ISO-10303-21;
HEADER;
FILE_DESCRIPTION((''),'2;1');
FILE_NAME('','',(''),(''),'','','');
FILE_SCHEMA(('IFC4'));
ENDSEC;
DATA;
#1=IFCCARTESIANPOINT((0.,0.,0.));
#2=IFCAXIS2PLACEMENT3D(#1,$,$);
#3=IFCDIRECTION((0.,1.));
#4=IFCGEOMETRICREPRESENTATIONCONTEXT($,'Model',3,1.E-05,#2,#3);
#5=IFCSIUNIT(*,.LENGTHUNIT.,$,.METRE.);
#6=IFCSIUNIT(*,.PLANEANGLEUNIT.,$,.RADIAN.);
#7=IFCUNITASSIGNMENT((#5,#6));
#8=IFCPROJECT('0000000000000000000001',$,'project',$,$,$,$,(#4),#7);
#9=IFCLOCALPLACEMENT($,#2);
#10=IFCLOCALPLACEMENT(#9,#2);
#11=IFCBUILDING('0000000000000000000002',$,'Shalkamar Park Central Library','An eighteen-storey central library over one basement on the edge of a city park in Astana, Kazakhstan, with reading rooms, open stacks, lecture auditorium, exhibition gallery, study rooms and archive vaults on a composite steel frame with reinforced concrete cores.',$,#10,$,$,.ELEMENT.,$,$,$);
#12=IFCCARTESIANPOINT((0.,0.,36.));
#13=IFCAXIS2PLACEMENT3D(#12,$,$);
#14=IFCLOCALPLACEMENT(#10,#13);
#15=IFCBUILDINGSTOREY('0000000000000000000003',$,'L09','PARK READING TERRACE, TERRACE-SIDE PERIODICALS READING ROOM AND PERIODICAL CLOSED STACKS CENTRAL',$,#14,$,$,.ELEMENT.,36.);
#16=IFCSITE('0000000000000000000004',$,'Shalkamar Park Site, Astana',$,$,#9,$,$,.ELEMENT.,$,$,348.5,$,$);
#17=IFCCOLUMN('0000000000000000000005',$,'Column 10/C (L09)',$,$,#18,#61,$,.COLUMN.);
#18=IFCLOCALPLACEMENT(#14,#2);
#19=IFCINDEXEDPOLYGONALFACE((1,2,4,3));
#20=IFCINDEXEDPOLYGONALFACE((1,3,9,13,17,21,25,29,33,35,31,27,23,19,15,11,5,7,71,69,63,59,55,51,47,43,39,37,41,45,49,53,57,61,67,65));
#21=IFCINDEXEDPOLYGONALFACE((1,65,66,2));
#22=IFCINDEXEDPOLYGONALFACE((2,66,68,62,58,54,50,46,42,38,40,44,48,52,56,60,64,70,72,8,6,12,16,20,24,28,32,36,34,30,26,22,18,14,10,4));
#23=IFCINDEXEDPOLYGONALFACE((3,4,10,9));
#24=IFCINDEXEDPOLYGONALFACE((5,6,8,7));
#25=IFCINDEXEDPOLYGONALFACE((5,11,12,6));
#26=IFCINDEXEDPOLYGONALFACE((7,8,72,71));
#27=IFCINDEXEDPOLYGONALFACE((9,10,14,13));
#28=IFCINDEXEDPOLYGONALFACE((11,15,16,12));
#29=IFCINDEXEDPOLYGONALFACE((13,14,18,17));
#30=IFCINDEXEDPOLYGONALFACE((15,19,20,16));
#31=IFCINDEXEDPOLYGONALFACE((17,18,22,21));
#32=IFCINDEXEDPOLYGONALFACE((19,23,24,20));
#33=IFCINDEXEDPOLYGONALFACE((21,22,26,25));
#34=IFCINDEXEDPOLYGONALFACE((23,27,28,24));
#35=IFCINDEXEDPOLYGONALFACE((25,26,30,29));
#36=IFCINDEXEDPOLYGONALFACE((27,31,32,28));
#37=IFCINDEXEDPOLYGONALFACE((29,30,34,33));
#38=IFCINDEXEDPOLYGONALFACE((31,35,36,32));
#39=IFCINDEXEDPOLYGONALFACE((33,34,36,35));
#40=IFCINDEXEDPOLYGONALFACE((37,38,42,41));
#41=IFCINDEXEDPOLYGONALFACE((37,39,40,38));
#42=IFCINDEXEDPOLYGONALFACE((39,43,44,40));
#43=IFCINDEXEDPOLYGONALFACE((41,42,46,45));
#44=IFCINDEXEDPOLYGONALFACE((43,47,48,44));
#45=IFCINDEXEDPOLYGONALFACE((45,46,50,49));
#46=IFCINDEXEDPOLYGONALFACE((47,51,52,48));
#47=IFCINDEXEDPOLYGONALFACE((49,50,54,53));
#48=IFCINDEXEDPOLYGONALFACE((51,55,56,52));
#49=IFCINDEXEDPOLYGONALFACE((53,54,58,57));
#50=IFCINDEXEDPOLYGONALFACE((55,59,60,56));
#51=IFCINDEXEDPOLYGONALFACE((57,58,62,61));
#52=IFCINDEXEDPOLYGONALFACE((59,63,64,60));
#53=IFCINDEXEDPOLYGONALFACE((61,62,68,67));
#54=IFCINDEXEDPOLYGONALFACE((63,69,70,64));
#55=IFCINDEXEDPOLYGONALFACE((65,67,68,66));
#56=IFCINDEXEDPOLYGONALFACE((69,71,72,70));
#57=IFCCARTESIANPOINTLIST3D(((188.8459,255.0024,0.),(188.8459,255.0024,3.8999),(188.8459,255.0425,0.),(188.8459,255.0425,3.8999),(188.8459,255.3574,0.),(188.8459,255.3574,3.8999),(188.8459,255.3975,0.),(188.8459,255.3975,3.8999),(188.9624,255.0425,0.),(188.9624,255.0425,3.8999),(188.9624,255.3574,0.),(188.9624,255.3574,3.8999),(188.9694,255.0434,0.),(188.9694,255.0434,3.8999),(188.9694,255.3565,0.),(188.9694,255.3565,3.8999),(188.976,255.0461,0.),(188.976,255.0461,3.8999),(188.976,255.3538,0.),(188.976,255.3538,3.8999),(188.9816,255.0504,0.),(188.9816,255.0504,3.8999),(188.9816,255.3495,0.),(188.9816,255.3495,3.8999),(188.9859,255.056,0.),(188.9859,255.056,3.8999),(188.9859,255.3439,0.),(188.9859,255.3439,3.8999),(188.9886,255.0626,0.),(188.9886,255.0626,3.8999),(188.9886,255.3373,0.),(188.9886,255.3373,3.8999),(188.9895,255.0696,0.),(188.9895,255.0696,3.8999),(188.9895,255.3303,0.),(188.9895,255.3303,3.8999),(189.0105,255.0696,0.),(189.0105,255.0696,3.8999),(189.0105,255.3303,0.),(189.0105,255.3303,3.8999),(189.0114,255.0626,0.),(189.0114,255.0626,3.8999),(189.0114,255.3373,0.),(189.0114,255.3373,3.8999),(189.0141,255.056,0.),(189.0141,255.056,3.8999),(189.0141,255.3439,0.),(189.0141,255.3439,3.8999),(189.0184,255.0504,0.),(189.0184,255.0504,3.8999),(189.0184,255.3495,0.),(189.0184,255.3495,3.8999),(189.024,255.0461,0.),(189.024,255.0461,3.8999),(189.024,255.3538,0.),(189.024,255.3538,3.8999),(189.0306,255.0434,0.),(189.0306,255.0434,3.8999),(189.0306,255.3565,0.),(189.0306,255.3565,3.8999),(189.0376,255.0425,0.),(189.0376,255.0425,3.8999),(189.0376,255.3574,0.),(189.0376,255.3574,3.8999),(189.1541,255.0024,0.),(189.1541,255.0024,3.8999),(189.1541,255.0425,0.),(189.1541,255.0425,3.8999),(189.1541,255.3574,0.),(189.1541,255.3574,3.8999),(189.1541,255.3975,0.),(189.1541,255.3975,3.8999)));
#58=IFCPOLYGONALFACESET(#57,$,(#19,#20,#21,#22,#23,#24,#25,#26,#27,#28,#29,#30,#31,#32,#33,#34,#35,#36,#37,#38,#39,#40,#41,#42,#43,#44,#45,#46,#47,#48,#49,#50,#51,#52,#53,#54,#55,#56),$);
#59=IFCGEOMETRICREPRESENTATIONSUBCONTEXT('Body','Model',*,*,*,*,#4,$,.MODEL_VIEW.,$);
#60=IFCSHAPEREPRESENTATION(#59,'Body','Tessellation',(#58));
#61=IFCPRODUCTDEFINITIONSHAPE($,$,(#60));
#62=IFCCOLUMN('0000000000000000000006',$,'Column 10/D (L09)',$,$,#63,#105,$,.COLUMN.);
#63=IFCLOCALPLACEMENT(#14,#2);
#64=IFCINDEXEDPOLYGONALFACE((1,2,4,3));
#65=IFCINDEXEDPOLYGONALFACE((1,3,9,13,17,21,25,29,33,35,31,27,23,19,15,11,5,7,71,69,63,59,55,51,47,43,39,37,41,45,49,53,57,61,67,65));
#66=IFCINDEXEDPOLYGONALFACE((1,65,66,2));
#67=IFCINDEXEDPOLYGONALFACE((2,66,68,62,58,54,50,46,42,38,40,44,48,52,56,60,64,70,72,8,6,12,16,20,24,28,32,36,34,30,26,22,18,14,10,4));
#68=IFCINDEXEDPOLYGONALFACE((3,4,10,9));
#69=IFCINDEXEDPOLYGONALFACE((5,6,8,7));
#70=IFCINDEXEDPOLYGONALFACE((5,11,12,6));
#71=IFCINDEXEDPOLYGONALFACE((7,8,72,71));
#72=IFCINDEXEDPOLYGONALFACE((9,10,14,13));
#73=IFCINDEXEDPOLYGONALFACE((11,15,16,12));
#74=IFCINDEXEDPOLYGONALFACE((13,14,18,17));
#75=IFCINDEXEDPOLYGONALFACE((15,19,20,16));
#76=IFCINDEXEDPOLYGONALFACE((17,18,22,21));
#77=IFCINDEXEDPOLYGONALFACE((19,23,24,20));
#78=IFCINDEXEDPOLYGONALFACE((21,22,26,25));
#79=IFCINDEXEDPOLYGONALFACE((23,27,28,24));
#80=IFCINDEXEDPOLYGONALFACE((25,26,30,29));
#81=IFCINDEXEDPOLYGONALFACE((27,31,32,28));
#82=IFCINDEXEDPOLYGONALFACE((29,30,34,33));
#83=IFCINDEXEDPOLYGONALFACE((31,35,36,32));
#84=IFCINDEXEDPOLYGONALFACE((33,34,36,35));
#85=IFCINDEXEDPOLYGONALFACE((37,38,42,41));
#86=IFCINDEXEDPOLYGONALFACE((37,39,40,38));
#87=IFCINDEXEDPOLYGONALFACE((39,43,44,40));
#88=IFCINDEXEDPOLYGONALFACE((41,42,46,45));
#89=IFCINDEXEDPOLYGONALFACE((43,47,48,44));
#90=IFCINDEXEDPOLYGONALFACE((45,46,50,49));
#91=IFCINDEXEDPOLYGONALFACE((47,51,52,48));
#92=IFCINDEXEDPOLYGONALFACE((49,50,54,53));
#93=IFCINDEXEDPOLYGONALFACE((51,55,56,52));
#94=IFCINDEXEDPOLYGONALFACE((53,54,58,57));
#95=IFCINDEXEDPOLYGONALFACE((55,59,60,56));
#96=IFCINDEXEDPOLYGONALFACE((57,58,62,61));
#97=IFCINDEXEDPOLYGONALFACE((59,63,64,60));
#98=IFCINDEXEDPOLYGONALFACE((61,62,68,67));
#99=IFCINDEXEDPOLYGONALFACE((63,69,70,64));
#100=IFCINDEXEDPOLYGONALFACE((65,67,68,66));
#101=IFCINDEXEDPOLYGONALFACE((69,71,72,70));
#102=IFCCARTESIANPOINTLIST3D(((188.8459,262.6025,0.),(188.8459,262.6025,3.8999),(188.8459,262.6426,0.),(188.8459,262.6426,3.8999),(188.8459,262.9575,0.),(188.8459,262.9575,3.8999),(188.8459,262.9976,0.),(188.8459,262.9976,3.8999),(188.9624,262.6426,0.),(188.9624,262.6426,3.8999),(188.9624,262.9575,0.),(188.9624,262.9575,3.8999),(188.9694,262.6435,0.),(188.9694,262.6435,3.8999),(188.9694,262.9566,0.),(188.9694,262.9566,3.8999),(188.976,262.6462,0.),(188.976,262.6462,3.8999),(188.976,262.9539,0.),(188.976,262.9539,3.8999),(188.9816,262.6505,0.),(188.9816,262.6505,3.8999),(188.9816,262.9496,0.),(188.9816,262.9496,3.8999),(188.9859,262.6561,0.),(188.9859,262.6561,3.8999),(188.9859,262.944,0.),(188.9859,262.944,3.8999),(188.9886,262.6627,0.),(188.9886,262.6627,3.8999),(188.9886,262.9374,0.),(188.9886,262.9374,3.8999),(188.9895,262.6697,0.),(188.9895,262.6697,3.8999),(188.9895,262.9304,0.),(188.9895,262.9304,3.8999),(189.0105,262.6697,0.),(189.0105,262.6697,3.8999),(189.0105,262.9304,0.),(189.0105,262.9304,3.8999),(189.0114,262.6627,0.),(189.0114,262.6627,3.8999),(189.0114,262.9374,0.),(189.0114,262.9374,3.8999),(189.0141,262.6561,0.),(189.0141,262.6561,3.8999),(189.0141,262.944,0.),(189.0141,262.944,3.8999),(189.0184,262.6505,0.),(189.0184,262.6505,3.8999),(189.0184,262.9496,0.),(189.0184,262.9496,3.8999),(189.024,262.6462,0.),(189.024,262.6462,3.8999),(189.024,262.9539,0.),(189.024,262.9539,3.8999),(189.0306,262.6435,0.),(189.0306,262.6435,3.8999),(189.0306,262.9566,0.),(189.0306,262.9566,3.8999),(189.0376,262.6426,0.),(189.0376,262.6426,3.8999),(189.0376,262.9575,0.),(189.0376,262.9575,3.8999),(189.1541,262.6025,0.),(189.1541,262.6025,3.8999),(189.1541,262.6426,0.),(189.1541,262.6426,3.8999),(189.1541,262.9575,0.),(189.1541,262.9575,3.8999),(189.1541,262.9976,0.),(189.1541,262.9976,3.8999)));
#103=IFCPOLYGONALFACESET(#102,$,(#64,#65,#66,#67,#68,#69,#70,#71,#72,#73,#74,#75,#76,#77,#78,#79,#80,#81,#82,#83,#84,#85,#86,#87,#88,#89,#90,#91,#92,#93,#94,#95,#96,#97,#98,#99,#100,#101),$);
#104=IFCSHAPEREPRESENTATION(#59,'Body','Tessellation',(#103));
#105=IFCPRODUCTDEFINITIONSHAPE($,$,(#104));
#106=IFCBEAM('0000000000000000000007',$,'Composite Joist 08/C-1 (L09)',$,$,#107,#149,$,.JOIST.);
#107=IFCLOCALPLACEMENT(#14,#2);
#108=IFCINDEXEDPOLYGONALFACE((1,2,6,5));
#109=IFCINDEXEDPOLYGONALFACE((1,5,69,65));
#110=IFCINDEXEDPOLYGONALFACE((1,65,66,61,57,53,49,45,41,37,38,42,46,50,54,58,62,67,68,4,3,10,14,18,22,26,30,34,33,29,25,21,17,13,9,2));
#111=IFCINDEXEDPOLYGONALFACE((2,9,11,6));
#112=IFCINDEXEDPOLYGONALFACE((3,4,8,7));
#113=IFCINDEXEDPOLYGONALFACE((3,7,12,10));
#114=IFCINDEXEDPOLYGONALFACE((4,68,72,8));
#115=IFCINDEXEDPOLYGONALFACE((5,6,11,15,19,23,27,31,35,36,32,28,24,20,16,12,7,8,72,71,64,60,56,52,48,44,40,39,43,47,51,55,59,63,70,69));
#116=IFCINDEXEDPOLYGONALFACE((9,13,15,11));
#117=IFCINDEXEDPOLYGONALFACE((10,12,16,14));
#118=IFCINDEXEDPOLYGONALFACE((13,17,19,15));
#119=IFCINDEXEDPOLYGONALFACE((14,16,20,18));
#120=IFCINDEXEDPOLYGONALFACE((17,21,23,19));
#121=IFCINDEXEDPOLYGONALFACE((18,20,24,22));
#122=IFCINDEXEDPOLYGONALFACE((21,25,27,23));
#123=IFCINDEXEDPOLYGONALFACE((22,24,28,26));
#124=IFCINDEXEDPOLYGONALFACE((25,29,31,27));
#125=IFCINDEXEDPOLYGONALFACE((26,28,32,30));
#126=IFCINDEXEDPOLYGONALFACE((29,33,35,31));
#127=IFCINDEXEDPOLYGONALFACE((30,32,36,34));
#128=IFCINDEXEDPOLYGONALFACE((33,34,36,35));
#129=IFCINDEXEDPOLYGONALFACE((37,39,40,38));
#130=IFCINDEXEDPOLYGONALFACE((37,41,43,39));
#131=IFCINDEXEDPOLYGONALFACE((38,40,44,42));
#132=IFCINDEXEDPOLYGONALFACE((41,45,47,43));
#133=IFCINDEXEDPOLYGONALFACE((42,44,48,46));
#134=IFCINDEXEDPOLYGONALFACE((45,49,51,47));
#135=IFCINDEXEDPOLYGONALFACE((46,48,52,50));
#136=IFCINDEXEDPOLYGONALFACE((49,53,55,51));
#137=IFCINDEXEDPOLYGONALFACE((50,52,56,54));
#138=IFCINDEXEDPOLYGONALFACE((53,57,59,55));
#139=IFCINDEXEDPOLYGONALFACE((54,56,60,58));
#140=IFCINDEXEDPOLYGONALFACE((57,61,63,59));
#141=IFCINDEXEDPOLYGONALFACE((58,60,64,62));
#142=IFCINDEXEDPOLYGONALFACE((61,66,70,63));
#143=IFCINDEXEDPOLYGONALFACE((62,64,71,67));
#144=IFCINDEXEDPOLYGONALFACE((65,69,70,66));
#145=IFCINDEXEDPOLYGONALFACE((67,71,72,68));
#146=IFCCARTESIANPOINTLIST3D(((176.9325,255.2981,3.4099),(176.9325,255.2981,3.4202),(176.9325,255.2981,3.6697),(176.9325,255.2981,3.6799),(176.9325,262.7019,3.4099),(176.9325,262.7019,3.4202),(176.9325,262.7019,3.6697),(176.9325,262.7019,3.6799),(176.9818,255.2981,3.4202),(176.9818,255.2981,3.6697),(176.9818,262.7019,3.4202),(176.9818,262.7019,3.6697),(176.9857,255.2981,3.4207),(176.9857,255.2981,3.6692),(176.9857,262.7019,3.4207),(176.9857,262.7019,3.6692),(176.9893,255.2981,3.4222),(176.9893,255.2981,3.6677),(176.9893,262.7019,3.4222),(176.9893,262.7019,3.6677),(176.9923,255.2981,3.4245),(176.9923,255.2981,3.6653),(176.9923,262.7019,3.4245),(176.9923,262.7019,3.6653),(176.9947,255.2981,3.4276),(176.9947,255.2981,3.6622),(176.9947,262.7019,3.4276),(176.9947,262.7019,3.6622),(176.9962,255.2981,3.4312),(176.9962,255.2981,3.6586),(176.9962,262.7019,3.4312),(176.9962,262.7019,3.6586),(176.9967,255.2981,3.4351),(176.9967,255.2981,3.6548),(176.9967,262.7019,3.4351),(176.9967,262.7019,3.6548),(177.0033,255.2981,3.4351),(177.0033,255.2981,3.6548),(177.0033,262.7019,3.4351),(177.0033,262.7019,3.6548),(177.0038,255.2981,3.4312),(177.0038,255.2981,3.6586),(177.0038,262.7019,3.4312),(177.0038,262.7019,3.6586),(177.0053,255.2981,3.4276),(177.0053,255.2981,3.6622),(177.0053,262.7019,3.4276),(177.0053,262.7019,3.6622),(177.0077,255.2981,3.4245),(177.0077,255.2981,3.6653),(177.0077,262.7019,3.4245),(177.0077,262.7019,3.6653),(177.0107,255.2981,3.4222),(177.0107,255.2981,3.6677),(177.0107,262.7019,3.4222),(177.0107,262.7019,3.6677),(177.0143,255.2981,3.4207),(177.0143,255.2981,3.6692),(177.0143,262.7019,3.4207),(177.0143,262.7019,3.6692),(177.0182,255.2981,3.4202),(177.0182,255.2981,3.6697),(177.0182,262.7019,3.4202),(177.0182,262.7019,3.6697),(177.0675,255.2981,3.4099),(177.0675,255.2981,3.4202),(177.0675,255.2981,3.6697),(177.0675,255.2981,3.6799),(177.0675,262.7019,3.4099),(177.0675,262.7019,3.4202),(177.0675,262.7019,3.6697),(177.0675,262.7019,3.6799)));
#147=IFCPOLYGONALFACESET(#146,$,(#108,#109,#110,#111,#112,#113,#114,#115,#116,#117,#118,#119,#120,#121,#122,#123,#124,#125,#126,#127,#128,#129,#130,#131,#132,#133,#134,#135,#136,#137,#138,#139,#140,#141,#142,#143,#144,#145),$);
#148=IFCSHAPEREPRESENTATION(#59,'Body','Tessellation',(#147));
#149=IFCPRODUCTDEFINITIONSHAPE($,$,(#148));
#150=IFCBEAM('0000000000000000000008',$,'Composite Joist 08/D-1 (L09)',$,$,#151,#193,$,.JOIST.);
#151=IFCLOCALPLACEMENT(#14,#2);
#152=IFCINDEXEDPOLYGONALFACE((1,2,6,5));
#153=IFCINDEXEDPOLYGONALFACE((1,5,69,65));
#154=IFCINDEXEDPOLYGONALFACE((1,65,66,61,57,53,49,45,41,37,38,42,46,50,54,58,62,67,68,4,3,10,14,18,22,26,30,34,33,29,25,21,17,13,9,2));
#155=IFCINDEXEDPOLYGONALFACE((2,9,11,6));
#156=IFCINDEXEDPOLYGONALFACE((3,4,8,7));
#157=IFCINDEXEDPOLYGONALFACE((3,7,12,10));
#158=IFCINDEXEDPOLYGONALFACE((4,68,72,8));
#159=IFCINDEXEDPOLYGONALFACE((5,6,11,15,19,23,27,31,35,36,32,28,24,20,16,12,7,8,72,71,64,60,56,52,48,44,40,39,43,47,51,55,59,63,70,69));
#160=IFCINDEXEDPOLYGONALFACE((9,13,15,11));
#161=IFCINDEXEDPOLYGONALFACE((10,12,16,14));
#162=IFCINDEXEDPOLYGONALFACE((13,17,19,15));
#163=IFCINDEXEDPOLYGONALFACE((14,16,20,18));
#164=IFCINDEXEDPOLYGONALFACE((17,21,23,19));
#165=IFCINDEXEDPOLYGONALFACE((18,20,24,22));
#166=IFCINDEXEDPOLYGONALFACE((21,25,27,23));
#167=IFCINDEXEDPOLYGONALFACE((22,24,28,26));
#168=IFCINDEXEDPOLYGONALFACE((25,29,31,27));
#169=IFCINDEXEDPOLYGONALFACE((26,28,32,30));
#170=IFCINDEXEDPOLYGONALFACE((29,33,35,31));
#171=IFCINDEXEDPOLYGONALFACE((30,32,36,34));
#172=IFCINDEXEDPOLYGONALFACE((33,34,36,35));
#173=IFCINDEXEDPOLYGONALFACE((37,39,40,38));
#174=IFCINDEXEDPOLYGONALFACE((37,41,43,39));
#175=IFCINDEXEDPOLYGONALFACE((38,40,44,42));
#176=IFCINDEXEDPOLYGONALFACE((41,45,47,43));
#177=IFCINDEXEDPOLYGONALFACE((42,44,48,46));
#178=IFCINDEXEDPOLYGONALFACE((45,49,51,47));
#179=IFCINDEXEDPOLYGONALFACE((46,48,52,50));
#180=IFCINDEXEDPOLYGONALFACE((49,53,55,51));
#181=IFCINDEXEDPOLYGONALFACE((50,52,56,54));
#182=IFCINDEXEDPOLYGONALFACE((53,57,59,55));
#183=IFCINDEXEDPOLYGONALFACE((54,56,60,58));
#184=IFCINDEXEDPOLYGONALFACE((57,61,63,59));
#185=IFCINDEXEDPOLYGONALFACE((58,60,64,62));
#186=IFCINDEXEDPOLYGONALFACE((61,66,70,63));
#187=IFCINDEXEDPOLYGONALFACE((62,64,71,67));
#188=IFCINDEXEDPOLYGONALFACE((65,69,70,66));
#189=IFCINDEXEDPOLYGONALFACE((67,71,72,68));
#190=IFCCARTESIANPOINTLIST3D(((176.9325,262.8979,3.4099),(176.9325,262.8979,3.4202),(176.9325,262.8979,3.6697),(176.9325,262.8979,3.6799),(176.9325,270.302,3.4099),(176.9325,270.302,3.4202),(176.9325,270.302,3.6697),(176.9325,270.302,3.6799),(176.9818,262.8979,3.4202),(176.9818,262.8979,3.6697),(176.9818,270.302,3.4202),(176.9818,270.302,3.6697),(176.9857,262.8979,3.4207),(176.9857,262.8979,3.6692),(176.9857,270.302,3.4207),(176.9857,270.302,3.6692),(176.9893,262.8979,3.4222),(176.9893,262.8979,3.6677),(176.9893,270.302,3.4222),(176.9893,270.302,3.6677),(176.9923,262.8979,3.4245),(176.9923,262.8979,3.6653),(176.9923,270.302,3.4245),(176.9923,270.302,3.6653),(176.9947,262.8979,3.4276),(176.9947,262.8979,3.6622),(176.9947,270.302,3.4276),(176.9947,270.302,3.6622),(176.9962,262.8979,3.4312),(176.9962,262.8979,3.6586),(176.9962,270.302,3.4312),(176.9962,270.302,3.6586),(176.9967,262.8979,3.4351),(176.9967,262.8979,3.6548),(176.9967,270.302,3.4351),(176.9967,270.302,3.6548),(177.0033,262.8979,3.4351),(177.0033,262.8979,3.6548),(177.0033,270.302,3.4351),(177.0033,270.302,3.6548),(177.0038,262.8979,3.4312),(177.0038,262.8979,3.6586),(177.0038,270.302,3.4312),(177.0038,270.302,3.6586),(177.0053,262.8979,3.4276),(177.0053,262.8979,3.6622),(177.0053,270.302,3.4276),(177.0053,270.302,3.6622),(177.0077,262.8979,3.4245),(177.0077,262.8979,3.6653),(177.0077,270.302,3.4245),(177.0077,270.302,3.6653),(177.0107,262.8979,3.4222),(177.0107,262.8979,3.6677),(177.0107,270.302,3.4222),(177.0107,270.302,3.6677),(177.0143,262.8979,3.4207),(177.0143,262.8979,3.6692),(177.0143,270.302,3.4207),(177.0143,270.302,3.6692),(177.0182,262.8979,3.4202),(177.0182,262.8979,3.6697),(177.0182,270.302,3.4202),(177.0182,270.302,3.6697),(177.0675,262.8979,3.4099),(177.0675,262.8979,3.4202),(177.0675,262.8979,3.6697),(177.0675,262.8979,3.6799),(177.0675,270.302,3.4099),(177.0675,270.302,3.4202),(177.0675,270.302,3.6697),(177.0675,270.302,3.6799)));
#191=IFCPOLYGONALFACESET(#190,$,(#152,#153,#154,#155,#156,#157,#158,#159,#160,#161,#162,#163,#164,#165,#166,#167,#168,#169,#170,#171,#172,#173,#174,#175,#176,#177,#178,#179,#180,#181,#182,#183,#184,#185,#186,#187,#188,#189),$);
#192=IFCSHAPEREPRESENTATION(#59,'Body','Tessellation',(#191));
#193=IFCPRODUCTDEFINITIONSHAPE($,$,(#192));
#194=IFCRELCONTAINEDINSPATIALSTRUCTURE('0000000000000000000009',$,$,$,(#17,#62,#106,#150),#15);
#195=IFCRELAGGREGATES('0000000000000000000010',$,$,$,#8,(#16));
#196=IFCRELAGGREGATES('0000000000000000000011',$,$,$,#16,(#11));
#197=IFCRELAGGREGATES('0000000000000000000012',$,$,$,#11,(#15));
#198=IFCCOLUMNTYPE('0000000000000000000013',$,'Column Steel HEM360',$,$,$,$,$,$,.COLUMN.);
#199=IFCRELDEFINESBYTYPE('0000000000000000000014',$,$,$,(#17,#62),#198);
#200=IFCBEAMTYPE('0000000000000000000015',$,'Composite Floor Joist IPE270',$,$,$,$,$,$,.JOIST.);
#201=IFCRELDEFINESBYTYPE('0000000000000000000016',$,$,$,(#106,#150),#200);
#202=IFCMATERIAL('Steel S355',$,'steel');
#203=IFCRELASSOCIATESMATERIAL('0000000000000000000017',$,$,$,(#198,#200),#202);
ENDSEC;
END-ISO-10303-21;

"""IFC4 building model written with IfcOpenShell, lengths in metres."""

from ifc_helpers import new_model, si_unit, direction, frame, origin, origin_2d, place, context, subcontext, project, spatial, i_section, extrude, material, material_profile, profile_set, type_object, element, save


model = new_model("IFC4")

# Units and contexts
model_context = context("Model", 3, precision=1e-05, world=origin(), true_north=direction((0.0, 1.0)))
body_context = subcontext(model_context, "Body", "Model", "MODEL_VIEW")
ifc_project = project(units=[si_unit("LENGTHUNIT", "METRE"), si_unit("PLANEANGLEUNIT", "RADIAN")], contexts=[model_context])

# Site, building, storey
site_placement = place(None, origin())
site = spatial("IfcSite", under=ifc_project, at=site_placement, Name="Shalkamar Park Site, Astana", CompositionType="ELEMENT", RefElevation=348.5)
building_placement = place(site_placement, origin())
building = spatial("IfcBuilding", under=site, at=building_placement, Name="Shalkamar Park Central Library", Description="An eighteen-storey central library over one basement on the edge of a city park in Astana, Kazakhstan, with reading rooms, open stacks, lecture auditorium, exhibition gallery, study rooms and archive vaults on a composite steel frame with reinforced concrete cores.", CompositionType="ELEMENT")
storey_placement = place(building_placement, frame((0.0, 0.0, 36.0)))
storey = spatial("IfcBuildingStorey", under=building, at=storey_placement, Name="L09", Description="PARK READING TERRACE, TERRACE-SIDE PERIODICALS READING ROOM AND PERIODICAL CLOSED STACKS CENTRAL", CompositionType="ELEMENT", Elevation=36.0)

# Columns
ifc_material_1 = material(Name="Steel S355", Category="steel")
ifc_material_profile_1 = material_profile(ifc_material_1, i_section(OverallWidth=0.3081, OverallDepth=0.395, WebThickness=0.021, FlangeThickness=0.04, FilletRadius=0.0271, at=origin_2d()), Name="HEM 360")
ifc_profile_set_1 = profile_set([ifc_material_profile_1], Name="Steel S355")
column_type_1 = type_object("IfcColumnType", Name="Column Steel HEM360", PredefinedType="COLUMN", material=ifc_profile_set_1)
for number, where, z_axis, x_axis, name in (
    (1, (189.0, 255.2, 0.0), (0.0, 0.0, 1.0), (1.0, 0.0, 0.0), "Column 10/C (L09)"),
    (2, (189.0, 262.8, 0.0), (0.0, 0.0, 1.0), (1.0, 0.0, 0.0), "Column 10/D (L09)"),
):
    element("IfcColumn", number, at=place(storey_placement, frame(where, z_axis=z_axis, x_axis=x_axis)), inside=storey, type_object=column_type_1, Name=name, PredefinedType="COLUMN", context=body_context, shape_type="SweptSolid", body=[
        extrude(i_section(OverallWidth=0.3081, OverallDepth=0.395, WebThickness=0.021, FlangeThickness=0.04, FilletRadius=0.0271, at=origin_2d()), origin(), (0.0, 0.0, 1.0), 3.8999),
    ])

# Beams
ifc_material_profile_2 = material_profile(ifc_material_1, i_section(OverallWidth=0.135, OverallDepth=0.27, WebThickness=0.0066, FlangeThickness=0.0103, FilletRadius=0.0149, at=origin_2d()), Name="IPE 270")
ifc_profile_set_2 = profile_set([ifc_material_profile_2], Name="Steel S355")
beam_type_1 = type_object("IfcBeamType", Name="Composite Floor Joist IPE270", PredefinedType="JOIST", material=ifc_profile_set_2)
beam_1_placement = place(storey_placement, frame((177.0, 255.2981, 3.5449), z_axis=(0.0, 1.0, 0.0), x_axis=(-1.0, 0.0, 0.0)))
element("IfcBeam", 3, at=beam_1_placement, inside=storey, type_object=beam_type_1, Name="Composite Joist 08/C-1 (L09)", PredefinedType="JOIST", context=body_context, shape_type="SweptSolid", body=[
    extrude(i_section(OverallWidth=0.135, OverallDepth=0.27, WebThickness=0.0066, FlangeThickness=0.0103, FilletRadius=0.0149, at=origin_2d()), origin(), (0.0, 0.0, 1.0), 7.4038),
])
beam_2_placement = place(storey_placement, frame((177.0, 262.8979, 3.5449), z_axis=(0.0, 1.0, 0.0), x_axis=(-1.0, 0.0, 0.0)))
element("IfcBeam", 4, at=beam_2_placement, inside=storey, type_object=beam_type_1, Name="Composite Joist 08/D-1 (L09)", PredefinedType="JOIST", context=body_context, shape_type="SweptSolid", body=[
    extrude(i_section(OverallWidth=0.135, OverallDepth=0.27, WebThickness=0.0066, FlangeThickness=0.0103, FilletRadius=0.0149, at=origin_2d()), origin(), (0.0, 0.0, 1.0), 7.4041),
])

save(model, "model.ifc")
